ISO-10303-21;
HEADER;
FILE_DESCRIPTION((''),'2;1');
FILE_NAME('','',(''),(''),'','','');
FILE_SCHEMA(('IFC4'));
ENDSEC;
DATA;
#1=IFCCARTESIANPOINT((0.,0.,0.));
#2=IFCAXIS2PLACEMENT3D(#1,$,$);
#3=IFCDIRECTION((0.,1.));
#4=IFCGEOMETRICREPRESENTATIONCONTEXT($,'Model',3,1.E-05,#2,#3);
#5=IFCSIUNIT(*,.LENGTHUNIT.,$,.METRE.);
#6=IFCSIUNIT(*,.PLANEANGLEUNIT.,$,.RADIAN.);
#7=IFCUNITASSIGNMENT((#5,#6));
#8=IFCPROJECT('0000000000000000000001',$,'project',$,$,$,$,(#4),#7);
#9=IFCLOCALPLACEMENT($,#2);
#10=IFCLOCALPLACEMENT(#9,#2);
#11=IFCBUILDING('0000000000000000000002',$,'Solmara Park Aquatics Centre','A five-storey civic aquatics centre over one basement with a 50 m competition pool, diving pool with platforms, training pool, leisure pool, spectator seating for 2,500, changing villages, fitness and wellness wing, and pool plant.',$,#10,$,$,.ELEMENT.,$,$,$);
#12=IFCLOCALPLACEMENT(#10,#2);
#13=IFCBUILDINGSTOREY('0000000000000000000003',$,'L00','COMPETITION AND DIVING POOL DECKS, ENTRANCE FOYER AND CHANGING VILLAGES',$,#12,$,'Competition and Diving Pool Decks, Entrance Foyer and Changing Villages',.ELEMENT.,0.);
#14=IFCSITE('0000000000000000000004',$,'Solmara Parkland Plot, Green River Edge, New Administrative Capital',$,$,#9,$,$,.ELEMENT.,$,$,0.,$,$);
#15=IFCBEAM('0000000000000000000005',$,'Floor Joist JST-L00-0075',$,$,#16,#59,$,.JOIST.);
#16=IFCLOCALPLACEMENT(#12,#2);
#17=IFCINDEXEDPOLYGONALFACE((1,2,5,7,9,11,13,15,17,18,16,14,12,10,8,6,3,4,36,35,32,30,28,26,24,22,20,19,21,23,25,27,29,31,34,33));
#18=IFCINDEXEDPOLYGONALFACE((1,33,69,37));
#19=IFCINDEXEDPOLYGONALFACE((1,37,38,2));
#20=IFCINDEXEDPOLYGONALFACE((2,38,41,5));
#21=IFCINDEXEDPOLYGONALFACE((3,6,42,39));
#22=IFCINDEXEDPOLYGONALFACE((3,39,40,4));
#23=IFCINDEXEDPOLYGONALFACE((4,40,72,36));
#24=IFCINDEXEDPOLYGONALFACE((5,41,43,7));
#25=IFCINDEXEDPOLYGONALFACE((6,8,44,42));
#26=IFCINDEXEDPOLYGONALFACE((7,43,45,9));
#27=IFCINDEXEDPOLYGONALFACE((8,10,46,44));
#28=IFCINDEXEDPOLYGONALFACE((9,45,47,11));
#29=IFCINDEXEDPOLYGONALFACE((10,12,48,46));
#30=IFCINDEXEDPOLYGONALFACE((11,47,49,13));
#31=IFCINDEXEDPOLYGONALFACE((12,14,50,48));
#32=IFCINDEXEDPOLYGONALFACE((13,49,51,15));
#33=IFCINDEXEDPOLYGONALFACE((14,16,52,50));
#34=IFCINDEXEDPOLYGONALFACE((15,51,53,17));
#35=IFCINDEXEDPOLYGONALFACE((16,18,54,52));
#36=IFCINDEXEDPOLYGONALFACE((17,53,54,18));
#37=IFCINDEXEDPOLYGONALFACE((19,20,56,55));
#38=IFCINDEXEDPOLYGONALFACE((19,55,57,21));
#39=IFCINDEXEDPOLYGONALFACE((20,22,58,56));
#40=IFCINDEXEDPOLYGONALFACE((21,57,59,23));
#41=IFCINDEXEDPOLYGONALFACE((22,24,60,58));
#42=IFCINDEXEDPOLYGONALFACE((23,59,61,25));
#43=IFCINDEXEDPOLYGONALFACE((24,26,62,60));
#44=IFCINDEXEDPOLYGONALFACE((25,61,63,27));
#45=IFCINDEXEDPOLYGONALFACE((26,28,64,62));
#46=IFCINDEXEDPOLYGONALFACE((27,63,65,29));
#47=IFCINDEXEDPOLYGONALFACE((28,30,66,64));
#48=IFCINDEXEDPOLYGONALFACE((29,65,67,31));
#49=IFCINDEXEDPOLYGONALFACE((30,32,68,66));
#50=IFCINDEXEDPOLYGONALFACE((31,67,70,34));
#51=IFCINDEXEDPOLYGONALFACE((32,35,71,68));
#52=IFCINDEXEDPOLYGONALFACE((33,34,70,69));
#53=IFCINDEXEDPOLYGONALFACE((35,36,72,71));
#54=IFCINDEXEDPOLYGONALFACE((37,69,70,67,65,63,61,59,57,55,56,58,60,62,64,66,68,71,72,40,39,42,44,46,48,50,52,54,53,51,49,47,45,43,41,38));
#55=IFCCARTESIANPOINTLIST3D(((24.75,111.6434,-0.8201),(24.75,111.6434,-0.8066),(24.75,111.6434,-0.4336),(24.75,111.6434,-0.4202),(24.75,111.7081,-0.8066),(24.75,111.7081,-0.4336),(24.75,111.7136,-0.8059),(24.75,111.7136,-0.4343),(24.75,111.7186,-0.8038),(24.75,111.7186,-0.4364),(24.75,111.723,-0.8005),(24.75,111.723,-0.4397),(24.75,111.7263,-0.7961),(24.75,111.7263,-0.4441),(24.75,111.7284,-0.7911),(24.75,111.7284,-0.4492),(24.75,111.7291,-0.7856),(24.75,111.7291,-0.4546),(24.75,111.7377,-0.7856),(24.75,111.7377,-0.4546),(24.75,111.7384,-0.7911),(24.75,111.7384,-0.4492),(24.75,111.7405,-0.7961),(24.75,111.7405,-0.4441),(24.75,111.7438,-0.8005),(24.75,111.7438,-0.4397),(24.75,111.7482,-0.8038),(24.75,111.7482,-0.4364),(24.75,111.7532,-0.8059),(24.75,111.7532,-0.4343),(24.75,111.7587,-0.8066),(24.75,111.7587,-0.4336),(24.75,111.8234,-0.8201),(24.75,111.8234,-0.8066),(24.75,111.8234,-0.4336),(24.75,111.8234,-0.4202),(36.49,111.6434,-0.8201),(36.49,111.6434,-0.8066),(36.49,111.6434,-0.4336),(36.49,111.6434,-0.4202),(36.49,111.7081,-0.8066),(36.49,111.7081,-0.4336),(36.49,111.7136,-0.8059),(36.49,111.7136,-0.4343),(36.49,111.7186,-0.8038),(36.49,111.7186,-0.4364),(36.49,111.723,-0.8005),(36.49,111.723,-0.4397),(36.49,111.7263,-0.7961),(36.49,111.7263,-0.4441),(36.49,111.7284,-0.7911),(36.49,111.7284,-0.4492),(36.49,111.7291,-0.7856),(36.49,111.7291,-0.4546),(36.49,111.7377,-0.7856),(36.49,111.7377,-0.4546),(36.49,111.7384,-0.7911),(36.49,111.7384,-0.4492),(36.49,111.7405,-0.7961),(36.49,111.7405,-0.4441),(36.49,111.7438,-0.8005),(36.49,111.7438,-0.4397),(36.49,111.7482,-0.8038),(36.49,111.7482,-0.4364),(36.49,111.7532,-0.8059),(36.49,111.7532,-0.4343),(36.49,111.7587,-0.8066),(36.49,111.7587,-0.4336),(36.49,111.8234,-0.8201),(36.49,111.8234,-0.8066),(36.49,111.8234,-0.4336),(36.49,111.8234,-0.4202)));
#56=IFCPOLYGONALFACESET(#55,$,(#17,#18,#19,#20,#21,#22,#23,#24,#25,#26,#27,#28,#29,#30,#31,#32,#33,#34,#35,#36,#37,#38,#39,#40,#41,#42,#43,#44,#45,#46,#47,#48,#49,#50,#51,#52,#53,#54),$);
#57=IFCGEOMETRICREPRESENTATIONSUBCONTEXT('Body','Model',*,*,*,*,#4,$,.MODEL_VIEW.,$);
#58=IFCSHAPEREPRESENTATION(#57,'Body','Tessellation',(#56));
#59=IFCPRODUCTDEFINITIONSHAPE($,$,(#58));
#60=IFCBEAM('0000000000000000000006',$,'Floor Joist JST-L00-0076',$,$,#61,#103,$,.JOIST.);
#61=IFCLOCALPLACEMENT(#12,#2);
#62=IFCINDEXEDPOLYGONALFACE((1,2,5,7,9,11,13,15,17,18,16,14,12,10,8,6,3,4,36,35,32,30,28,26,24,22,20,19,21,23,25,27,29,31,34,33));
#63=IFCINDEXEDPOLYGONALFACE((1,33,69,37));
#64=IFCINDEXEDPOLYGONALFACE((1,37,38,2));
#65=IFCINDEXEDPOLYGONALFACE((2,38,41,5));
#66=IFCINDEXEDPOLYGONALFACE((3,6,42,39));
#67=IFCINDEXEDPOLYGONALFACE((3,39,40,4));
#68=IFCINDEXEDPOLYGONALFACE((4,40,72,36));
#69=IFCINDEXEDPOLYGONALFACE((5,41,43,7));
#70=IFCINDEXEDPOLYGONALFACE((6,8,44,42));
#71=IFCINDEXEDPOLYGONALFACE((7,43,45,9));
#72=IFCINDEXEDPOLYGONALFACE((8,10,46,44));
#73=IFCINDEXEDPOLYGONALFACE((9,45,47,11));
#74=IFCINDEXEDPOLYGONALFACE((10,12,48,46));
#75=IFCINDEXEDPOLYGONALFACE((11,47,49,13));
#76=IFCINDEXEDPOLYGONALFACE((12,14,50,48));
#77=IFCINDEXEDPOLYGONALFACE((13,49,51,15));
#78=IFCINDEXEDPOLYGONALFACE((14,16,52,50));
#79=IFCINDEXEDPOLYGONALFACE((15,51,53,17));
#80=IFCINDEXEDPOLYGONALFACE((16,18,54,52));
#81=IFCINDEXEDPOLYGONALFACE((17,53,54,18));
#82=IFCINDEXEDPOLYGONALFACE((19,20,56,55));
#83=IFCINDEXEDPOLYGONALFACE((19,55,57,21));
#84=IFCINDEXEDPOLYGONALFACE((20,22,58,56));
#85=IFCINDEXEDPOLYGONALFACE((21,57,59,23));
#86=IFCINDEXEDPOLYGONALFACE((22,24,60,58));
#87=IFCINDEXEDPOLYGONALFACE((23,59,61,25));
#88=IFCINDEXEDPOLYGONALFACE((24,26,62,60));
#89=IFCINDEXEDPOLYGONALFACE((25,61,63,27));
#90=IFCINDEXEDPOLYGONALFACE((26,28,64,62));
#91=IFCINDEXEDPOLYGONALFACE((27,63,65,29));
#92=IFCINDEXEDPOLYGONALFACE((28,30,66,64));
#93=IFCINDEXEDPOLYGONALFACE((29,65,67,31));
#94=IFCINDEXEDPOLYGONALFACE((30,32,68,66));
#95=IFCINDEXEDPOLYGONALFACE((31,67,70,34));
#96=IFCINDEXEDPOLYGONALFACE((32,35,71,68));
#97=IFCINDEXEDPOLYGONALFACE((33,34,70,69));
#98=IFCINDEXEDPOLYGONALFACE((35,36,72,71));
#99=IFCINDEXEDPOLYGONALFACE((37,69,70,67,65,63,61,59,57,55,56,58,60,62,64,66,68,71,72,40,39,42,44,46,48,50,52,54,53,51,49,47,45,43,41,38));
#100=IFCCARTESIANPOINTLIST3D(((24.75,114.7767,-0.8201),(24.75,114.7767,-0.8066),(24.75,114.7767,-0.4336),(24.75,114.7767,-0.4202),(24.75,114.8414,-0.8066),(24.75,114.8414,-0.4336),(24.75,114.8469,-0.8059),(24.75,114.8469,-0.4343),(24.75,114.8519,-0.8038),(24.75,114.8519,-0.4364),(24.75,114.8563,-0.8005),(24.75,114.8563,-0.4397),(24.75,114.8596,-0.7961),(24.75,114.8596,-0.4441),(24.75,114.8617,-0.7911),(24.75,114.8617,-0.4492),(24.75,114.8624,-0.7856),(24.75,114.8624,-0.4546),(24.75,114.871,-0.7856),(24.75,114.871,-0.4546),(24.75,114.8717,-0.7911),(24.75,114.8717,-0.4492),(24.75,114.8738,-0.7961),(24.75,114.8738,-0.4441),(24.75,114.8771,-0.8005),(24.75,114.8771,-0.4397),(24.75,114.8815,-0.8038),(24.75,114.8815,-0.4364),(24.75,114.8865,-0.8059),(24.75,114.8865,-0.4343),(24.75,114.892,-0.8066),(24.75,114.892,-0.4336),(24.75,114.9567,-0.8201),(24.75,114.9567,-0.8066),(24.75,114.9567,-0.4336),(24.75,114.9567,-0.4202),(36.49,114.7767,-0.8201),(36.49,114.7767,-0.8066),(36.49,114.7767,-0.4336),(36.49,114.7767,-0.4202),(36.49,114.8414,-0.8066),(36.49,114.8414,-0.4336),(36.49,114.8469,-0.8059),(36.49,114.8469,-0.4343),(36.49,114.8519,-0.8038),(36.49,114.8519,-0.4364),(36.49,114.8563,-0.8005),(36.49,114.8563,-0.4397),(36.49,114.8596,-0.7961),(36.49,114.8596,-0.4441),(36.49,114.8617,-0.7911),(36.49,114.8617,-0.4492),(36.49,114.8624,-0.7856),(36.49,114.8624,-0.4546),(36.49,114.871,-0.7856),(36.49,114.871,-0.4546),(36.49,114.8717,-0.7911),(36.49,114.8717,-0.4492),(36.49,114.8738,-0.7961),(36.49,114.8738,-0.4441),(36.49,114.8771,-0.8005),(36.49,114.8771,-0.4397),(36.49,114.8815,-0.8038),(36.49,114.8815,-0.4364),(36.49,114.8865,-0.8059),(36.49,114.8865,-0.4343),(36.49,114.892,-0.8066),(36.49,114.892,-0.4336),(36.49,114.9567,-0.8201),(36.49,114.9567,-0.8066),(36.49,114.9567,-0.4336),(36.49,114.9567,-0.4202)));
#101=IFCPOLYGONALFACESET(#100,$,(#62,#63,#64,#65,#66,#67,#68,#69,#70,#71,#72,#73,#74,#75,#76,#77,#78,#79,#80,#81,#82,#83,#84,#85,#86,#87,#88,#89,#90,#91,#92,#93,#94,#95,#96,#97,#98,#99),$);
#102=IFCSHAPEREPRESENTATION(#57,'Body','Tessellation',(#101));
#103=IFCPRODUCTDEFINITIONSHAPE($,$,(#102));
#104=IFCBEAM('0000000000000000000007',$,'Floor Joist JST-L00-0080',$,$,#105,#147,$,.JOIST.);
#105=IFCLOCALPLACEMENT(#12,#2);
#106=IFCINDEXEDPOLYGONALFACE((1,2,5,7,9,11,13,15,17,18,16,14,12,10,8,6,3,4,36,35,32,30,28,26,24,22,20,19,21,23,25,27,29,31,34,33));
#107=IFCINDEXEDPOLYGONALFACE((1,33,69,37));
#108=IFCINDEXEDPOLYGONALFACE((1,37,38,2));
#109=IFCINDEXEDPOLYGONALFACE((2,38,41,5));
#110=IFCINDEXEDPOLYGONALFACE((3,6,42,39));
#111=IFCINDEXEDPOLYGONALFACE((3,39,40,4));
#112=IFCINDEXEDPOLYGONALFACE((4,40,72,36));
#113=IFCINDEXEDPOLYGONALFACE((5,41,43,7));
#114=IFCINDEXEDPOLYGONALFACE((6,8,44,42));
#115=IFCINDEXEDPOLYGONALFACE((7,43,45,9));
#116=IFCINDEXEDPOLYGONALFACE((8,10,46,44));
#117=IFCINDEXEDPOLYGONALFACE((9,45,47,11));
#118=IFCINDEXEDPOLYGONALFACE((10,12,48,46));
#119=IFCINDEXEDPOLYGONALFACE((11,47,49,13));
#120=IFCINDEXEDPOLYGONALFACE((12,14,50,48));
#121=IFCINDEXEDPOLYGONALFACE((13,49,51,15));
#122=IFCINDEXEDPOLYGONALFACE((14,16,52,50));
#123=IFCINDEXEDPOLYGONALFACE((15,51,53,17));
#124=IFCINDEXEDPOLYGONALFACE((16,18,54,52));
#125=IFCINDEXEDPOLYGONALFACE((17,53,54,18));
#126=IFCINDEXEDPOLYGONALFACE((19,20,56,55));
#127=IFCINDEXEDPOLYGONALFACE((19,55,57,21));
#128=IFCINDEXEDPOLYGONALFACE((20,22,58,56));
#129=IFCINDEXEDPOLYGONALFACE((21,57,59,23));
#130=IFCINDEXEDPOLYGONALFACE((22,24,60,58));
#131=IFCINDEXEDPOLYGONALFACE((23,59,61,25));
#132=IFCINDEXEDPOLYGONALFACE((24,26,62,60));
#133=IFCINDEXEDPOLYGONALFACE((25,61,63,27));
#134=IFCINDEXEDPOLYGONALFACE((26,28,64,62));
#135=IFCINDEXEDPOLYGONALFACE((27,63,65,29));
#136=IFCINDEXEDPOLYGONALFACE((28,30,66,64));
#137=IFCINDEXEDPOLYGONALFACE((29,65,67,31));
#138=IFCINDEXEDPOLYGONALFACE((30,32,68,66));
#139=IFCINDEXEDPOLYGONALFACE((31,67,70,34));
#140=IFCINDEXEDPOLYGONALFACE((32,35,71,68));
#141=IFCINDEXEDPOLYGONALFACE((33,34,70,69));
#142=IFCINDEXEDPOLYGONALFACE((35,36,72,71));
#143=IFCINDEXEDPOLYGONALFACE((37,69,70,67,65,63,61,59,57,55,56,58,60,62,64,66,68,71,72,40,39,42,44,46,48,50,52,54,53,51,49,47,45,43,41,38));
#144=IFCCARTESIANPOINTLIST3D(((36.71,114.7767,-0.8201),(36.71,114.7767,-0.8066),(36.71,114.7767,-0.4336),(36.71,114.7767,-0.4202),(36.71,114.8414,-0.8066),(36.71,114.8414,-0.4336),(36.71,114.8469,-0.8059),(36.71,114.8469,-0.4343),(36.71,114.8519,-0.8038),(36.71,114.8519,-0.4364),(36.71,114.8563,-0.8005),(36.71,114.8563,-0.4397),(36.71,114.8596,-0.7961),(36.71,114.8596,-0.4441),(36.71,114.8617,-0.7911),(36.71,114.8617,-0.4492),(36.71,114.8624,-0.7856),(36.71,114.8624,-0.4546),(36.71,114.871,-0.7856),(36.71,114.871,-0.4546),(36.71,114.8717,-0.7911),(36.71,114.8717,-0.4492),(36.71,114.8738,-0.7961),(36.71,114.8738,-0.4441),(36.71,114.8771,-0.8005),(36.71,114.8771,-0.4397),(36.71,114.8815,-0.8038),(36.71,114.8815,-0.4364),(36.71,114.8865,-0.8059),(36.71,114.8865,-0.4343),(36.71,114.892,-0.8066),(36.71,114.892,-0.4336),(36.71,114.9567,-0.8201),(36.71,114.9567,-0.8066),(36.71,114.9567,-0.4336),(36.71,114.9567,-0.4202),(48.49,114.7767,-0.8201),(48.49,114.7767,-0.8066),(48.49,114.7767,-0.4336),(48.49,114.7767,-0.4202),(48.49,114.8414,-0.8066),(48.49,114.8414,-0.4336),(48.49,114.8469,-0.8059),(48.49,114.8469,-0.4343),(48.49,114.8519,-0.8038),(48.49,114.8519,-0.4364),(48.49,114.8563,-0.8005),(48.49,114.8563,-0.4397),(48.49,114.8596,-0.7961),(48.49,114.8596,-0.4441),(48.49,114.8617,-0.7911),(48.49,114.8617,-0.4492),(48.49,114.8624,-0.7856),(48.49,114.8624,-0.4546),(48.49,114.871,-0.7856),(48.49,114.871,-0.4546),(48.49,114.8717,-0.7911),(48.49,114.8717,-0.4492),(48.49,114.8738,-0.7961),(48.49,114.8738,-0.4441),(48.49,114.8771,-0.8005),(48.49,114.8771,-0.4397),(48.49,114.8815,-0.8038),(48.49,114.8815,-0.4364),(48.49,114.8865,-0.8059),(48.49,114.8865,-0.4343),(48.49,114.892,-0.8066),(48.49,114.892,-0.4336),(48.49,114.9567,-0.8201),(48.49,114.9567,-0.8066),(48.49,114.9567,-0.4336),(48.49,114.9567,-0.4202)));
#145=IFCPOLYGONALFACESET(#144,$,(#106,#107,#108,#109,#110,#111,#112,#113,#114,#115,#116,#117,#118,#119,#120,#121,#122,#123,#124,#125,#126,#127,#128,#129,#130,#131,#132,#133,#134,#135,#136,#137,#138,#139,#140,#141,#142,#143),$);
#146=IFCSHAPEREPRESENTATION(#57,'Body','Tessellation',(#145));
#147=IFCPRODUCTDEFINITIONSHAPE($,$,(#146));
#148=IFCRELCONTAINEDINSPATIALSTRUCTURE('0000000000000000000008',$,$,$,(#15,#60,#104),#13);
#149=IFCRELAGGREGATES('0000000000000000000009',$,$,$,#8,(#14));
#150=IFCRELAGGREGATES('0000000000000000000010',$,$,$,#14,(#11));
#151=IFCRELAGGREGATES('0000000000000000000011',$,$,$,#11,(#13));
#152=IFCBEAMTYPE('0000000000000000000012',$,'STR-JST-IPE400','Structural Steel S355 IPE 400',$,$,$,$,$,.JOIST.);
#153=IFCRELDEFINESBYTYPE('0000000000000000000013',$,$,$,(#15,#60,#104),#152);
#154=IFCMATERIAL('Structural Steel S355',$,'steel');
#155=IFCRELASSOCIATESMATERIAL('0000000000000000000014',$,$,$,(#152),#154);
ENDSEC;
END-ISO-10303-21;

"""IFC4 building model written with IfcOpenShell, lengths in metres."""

from ifc_helpers import new_model, si_unit, direction, frame, origin, origin_2d, place, context, subcontext, project, spatial, i_section, extrude, material, material_profile, profile_set, type_object, element, save


model = new_model("IFC4")

# Units and contexts
model_context = context("Model", 3, precision=1e-05, world=origin(), true_north=direction((0.0, 1.0)))
body_context = subcontext(model_context, "Body", "Model", "MODEL_VIEW")
ifc_project = project(units=[si_unit("LENGTHUNIT", "METRE"), si_unit("PLANEANGLEUNIT", "RADIAN")], contexts=[model_context])

# Site, building, storey
site_placement = place(None, origin())
site = spatial("IfcSite", under=ifc_project, at=site_placement, Name="Solmara Parkland Plot, Green River Edge, New Administrative Capital", CompositionType="ELEMENT", RefElevation=0.0)
building_placement = place(site_placement, origin())
building = spatial("IfcBuilding", under=site, at=building_placement, Name="Solmara Park Aquatics Centre", Description="A five-storey civic aquatics centre over one basement with a 50 m competition pool, diving pool with platforms, training pool, leisure pool, spectator seating for 2,500, changing villages, fitness and wellness wing, and pool plant.", CompositionType="ELEMENT")
storey_placement = place(building_placement, origin())
storey = spatial("IfcBuildingStorey", under=building, at=storey_placement, Name="L00", Description="COMPETITION AND DIVING POOL DECKS, ENTRANCE FOYER AND CHANGING VILLAGES", LongName="Competition and Diving Pool Decks, Entrance Foyer and Changing Villages", CompositionType="ELEMENT", Elevation=0.0)

# Beams
ifc_material_1 = material(Name="Structural Steel S355", Category="steel")
ifc_material_profile_1 = material_profile(ifc_material_1, i_section(OverallWidth=0.1799, OverallDepth=0.3999, WebThickness=0.0085, FlangeThickness=0.0134, FilletRadius=0.021, at=origin_2d()), Name="IPE 400")
ifc_profile_set_1 = profile_set([ifc_material_profile_1], Name="Structural Steel S355")
beam_type_1 = type_object("IfcBeamType", Name="STR-JST-IPE400", Description="Structural Steel S355 IPE 400", PredefinedType="JOIST", material=ifc_profile_set_1)
for number, where, z_axis, x_axis, name in (
    (1, (24.75, 111.7334, -0.6201), (1.0, 0.0, 0.0), (0.0, 1.0, 0.0), "Floor Joist JST-L00-0075"),
    (2, (24.75, 114.8667, -0.6201), (1.0, 0.0, 0.0), (0.0, 1.0, 0.0), "Floor Joist JST-L00-0076"),
):
    element("IfcBeam", number, at=place(storey_placement, frame(where, z_axis=z_axis, x_axis=x_axis)), inside=storey, type_object=beam_type_1, Name=name, PredefinedType="JOIST", context=body_context, shape_type="SweptSolid", body=[
        extrude(i_section(OverallWidth=0.1799, OverallDepth=0.3999, WebThickness=0.0085, FlangeThickness=0.0134, FilletRadius=0.021, at=origin_2d()), origin(), (0.0, 0.0, 1.0), 11.74),
    ])
beam_1_placement = place(storey_placement, frame((36.71, 114.8667, -0.6201), z_axis=(1.0, 0.0, 0.0), x_axis=(0.0, 1.0, 0.0)))
element("IfcBeam", 3, at=beam_1_placement, inside=storey, type_object=beam_type_1, Name="Floor Joist JST-L00-0080", PredefinedType="JOIST", context=body_context, shape_type="SweptSolid", body=[
    extrude(i_section(OverallWidth=0.1799, OverallDepth=0.3999, WebThickness=0.0085, FlangeThickness=0.0134, FilletRadius=0.021, at=origin_2d()), origin(), (0.0, 0.0, 1.0), 11.78),
])

save(model, "model.ifc")
